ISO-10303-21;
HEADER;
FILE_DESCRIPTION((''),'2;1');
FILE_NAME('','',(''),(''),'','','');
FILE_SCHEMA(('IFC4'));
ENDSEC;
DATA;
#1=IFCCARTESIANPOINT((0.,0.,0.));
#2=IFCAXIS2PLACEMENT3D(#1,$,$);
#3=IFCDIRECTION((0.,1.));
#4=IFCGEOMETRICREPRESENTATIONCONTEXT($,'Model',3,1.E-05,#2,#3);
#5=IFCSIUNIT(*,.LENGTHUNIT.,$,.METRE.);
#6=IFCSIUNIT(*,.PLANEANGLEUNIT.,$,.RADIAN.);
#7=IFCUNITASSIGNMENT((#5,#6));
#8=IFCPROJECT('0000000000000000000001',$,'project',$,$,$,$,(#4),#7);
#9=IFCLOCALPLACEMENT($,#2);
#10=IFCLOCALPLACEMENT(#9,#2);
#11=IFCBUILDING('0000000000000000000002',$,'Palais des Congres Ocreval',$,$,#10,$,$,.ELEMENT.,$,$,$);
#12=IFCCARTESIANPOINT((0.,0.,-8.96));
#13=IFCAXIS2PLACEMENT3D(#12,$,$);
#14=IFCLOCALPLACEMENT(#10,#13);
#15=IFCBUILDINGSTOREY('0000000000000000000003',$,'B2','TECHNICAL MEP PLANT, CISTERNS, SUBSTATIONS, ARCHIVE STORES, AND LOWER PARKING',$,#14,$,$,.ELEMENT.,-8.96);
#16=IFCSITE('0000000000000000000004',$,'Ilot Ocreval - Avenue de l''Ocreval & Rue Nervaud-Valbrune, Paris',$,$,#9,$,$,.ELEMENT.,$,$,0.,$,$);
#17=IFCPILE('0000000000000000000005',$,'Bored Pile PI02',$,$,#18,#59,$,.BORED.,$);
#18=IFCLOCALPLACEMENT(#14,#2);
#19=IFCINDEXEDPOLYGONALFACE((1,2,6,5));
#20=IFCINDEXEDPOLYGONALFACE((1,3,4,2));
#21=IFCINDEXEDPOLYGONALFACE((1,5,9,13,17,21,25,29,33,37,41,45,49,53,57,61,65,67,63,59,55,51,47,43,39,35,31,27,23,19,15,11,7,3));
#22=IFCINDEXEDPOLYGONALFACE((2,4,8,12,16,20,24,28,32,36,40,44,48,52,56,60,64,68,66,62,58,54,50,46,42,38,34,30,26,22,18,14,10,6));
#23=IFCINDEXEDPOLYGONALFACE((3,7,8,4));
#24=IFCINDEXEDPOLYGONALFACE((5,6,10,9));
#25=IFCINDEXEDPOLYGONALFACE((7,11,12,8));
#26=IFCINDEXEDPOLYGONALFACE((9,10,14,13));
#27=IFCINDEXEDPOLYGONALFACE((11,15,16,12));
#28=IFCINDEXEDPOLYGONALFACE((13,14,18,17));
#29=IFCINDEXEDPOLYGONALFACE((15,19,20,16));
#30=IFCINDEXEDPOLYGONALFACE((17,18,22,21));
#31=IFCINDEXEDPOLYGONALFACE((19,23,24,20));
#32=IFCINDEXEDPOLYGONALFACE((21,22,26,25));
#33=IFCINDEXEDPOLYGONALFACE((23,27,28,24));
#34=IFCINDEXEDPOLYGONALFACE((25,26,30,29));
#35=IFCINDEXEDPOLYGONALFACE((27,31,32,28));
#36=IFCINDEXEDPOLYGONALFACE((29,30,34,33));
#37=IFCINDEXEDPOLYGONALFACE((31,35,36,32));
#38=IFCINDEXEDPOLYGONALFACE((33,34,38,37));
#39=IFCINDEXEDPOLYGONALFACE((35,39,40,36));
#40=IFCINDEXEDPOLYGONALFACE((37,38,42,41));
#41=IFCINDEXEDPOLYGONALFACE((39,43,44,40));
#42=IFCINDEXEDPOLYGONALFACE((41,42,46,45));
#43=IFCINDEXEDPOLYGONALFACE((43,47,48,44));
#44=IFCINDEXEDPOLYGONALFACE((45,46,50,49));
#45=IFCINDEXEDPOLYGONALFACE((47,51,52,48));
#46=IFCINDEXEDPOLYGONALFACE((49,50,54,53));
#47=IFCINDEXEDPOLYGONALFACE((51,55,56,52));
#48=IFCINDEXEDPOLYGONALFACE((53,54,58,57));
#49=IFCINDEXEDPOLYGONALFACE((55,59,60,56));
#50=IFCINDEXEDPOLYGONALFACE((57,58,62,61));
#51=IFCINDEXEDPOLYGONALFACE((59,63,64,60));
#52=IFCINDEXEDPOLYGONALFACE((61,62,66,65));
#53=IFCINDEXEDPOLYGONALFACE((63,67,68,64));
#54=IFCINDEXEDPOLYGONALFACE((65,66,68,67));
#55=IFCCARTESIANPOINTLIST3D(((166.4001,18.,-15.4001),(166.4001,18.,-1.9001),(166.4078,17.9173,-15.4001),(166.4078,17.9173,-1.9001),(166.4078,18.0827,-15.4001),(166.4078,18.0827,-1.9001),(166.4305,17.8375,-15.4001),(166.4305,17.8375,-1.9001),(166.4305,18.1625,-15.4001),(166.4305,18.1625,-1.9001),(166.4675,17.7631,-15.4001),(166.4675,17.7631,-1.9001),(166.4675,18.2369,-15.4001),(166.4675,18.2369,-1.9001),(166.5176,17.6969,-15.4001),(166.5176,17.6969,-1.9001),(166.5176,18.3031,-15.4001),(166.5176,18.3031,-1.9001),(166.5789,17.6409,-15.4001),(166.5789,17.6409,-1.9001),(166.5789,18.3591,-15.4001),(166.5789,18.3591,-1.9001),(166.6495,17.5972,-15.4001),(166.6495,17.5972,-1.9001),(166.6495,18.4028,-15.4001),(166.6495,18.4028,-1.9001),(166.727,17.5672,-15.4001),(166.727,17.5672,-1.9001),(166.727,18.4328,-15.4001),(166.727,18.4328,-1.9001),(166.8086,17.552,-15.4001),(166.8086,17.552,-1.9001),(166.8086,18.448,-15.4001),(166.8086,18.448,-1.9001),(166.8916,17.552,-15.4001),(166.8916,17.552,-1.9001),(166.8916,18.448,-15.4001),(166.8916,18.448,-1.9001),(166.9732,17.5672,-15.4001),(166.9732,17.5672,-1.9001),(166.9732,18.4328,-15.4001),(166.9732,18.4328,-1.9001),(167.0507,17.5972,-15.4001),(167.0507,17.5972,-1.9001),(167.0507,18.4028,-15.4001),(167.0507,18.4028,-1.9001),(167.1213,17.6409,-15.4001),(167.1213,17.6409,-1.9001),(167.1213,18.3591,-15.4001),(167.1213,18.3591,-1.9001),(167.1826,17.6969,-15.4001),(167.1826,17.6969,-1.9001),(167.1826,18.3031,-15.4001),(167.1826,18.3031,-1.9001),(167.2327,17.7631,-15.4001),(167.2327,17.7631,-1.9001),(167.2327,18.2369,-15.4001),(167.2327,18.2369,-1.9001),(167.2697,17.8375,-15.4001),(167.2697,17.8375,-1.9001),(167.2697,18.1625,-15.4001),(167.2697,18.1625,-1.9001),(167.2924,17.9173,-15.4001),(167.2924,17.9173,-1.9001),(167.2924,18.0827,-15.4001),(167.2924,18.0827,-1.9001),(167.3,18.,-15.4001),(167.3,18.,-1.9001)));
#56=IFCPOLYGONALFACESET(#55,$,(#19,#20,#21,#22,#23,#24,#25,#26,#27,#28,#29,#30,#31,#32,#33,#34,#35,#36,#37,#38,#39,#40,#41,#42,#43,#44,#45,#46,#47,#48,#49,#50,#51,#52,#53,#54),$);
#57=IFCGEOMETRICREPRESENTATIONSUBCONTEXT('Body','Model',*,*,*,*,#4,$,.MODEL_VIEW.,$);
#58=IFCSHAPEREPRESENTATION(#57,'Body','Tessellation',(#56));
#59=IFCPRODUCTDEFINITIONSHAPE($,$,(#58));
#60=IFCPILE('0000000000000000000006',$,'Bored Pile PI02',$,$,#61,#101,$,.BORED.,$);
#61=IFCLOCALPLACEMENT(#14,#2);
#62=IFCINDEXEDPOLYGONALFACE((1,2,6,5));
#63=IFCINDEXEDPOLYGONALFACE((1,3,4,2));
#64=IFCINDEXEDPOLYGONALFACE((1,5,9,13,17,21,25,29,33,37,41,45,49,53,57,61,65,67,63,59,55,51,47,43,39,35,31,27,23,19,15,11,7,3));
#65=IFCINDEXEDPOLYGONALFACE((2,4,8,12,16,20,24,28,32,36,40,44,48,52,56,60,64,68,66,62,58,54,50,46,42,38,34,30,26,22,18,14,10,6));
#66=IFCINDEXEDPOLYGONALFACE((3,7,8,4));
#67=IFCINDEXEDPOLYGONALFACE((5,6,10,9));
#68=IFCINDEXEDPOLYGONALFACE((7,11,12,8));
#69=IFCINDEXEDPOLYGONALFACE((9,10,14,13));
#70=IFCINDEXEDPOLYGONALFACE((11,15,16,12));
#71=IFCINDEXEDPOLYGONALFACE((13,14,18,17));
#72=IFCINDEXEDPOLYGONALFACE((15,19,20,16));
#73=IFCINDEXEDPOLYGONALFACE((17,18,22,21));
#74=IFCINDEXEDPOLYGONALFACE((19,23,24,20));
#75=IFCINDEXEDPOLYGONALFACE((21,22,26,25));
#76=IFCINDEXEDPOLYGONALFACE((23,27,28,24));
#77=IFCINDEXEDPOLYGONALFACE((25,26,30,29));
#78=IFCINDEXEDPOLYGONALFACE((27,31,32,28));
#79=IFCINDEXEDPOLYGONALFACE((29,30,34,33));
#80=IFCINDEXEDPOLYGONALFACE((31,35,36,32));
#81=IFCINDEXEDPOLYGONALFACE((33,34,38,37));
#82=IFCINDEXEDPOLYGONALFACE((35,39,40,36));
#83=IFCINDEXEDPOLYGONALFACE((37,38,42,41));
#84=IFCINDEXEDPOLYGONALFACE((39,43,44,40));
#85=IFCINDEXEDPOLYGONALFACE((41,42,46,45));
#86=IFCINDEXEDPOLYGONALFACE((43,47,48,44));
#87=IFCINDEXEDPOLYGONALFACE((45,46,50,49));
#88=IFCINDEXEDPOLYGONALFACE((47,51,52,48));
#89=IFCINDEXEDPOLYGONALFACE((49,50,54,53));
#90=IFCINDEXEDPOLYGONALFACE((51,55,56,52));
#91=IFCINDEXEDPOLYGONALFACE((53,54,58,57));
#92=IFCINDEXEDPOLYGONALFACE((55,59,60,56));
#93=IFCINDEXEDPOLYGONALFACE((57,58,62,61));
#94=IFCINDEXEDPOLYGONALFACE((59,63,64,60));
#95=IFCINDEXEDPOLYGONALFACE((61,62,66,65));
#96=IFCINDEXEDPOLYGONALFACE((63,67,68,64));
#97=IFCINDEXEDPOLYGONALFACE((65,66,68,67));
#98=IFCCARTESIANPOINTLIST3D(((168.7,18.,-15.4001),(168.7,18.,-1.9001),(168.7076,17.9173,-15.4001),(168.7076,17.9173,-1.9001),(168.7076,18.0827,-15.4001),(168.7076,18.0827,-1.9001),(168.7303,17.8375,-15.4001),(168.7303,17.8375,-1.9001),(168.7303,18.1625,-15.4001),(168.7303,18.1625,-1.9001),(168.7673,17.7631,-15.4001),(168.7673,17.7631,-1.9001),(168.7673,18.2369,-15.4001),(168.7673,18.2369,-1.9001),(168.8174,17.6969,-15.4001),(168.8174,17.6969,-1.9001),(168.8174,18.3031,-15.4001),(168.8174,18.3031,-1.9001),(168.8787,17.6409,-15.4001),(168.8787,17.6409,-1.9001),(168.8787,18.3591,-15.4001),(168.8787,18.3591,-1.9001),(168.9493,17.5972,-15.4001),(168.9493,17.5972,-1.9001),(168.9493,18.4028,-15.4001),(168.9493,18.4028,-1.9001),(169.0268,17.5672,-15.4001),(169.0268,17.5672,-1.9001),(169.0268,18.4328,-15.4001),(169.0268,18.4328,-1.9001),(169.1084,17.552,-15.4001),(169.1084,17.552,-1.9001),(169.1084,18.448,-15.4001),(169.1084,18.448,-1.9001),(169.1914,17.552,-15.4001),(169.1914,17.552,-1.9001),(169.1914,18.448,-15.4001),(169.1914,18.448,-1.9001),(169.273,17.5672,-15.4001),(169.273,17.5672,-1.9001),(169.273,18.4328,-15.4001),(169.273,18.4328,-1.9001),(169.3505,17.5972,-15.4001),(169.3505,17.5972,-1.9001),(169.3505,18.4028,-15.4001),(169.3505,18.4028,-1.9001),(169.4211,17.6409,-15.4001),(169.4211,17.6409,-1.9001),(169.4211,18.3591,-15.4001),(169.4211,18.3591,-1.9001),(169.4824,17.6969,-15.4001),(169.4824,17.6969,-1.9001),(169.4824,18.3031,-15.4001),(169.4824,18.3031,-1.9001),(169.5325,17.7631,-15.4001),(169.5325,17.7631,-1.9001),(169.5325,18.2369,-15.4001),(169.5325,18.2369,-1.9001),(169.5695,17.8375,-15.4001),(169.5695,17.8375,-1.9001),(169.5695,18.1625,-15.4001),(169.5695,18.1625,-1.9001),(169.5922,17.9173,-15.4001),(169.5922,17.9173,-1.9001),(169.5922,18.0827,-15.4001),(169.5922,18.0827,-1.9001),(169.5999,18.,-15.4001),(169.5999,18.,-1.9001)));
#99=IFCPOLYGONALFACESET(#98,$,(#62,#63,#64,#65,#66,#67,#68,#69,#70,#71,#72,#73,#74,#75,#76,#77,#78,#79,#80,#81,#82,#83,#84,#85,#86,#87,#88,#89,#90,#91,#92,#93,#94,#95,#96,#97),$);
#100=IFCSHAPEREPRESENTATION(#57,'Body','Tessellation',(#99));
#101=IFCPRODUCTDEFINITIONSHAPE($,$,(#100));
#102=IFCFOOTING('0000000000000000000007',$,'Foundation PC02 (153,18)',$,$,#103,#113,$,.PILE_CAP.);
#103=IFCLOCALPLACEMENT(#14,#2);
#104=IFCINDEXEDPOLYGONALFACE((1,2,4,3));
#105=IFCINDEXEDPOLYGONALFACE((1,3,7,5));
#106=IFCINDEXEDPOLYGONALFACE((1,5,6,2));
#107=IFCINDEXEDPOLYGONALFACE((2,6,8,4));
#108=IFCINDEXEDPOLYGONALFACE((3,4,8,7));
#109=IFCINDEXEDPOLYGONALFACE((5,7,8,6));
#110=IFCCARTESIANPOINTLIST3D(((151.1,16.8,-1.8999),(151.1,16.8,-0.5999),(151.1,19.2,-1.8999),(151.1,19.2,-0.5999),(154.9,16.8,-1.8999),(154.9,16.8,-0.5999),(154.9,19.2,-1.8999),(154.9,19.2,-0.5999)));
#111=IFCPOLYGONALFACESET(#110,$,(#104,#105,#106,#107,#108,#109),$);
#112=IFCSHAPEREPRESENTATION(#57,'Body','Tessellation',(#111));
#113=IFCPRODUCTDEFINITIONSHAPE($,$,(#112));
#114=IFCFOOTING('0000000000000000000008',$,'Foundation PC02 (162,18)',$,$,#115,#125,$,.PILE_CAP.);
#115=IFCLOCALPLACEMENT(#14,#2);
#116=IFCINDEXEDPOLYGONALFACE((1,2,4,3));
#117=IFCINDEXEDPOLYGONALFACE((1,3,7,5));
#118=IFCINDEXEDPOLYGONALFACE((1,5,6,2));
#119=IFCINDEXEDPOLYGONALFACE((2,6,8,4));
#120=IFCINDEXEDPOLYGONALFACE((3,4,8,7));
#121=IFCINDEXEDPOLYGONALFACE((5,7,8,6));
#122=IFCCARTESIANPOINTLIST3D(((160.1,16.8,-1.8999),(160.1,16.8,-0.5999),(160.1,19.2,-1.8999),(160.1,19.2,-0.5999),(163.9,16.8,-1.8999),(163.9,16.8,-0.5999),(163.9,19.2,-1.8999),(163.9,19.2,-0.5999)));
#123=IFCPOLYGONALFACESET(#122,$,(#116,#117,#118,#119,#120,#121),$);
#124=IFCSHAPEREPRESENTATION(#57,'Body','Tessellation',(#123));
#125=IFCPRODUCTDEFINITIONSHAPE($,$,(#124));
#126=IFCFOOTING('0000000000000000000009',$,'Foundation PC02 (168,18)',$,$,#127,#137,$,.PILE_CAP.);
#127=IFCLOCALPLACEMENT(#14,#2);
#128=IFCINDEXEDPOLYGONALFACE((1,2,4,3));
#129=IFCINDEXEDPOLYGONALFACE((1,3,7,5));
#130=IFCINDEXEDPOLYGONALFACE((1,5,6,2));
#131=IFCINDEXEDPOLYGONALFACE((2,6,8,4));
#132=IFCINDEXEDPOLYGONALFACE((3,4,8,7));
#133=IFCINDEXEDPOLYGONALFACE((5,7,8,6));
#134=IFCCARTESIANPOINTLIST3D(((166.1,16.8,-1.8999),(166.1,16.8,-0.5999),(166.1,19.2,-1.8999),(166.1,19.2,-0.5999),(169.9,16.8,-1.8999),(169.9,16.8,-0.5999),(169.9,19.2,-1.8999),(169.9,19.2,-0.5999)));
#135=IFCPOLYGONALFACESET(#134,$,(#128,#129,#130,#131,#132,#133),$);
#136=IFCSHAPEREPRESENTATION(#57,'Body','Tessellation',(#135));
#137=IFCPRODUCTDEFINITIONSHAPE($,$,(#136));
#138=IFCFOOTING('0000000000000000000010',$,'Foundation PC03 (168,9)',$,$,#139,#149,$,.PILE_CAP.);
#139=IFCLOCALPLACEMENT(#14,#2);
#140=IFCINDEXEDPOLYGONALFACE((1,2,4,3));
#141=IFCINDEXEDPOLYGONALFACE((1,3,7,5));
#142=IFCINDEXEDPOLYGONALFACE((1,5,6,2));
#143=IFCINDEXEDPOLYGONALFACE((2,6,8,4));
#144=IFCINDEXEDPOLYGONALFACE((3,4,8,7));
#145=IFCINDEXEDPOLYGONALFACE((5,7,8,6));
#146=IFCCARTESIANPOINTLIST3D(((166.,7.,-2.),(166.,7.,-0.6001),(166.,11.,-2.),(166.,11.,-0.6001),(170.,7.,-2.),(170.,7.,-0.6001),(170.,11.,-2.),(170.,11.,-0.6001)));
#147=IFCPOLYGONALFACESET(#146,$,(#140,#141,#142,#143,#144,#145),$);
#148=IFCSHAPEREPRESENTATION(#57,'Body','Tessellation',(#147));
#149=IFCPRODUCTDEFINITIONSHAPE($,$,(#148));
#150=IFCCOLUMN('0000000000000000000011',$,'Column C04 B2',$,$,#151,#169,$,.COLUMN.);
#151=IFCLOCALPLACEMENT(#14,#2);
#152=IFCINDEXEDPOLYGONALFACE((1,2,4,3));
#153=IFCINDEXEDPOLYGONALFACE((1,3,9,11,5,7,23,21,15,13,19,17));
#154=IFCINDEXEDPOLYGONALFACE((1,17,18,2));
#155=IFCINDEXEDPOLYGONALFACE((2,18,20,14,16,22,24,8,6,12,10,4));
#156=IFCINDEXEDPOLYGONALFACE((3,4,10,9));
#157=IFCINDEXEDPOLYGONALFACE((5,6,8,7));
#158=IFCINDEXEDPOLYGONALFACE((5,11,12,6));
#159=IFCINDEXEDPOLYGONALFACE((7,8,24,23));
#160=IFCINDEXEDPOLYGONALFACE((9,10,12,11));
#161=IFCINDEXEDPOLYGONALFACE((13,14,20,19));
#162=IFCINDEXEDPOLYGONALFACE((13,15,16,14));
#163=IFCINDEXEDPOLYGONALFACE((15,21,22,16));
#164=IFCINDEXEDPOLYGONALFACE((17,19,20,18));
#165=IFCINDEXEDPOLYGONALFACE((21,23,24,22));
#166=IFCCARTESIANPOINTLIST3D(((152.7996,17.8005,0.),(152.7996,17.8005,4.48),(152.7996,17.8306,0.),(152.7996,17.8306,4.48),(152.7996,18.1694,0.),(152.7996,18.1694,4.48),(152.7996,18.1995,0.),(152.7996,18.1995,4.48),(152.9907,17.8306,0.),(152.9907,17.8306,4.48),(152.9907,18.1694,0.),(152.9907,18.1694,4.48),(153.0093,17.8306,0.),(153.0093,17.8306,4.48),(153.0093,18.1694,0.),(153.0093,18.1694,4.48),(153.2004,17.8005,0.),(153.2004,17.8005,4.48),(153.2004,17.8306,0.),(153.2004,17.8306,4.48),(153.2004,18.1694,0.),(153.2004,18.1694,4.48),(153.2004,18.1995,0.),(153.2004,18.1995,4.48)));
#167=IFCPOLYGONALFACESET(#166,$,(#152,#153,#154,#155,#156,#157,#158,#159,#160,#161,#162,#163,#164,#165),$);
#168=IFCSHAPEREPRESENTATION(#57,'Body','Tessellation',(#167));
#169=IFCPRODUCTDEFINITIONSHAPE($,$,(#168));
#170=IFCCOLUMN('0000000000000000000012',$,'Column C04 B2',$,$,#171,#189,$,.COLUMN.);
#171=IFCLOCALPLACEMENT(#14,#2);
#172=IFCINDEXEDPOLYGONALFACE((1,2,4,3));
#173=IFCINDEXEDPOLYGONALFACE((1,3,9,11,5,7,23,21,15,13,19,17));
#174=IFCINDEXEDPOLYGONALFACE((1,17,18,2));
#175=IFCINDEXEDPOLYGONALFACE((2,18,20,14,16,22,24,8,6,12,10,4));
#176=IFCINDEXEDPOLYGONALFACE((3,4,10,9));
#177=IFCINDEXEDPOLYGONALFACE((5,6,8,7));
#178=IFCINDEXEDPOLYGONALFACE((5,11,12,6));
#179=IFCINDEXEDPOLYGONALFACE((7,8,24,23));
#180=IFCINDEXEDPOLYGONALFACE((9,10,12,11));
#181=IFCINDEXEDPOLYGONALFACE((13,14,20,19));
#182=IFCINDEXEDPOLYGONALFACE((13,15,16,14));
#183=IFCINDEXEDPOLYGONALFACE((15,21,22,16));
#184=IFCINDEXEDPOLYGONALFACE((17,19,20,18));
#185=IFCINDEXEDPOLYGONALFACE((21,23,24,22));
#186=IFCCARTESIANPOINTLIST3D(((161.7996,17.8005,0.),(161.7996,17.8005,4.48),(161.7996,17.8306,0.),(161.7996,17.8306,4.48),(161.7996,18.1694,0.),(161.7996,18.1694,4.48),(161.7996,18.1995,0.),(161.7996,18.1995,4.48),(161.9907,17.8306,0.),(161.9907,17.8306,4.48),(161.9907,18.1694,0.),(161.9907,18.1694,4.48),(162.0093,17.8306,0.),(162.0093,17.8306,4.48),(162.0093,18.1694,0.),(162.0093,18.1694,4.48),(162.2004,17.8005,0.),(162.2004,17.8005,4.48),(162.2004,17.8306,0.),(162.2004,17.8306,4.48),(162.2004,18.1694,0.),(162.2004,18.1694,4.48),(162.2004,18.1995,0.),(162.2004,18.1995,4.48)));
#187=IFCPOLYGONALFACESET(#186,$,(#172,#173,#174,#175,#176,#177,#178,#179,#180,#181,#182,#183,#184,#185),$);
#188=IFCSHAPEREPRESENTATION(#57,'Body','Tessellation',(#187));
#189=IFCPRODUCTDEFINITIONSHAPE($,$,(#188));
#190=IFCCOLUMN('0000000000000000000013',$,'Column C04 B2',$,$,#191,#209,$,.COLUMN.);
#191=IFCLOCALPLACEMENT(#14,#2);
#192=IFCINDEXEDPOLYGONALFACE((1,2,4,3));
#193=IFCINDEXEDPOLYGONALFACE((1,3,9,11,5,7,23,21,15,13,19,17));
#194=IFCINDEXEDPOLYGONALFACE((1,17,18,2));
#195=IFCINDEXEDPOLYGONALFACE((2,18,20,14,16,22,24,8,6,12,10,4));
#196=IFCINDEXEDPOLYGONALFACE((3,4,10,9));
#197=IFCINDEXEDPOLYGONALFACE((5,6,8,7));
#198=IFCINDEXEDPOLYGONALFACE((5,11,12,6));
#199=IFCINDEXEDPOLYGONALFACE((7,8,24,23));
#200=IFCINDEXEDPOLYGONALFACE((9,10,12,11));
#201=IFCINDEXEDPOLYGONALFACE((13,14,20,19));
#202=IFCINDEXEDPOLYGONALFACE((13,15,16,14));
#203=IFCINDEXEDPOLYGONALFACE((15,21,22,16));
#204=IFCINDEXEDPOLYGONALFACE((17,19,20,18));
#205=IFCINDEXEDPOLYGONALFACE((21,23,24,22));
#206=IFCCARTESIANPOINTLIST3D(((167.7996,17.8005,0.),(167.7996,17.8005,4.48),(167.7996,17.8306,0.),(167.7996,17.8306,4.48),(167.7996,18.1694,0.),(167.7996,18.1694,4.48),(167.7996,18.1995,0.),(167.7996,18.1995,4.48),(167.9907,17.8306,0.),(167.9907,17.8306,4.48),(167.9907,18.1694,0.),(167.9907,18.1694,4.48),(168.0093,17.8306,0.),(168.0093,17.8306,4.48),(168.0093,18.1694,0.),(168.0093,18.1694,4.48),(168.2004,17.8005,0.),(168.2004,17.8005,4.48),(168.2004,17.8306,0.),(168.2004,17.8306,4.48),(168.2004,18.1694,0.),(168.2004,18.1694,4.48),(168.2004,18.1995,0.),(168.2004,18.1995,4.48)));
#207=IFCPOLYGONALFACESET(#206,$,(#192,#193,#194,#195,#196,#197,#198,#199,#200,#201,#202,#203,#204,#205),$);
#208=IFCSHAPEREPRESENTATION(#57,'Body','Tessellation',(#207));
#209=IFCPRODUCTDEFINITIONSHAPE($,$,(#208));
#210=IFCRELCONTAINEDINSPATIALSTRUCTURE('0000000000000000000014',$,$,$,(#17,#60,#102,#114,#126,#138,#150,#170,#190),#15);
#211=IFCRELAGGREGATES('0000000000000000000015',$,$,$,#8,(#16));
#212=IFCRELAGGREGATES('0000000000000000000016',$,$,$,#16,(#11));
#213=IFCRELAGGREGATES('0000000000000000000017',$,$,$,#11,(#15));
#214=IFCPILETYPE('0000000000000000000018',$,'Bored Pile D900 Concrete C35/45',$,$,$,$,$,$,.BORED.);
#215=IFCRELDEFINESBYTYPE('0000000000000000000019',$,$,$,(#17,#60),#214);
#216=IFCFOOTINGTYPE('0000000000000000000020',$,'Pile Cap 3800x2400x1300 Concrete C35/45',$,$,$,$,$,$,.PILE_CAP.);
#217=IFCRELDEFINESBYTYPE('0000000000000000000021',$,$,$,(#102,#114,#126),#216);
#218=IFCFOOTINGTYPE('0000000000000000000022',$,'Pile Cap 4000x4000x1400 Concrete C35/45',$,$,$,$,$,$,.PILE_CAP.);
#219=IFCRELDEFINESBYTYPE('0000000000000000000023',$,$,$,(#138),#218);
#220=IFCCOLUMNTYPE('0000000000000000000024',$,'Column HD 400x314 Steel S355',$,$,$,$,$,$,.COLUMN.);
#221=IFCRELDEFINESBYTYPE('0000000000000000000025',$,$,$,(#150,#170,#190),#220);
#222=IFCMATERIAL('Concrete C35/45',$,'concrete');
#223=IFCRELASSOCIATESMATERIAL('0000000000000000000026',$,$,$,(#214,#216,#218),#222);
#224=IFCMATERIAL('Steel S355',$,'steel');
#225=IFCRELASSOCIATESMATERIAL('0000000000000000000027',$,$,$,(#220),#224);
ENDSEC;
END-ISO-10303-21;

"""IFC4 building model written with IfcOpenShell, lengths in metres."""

from ifc_helpers import new_model, si_unit, direction, frame, origin, origin_2d, place, context, subcontext, project, spatial, rectangle, circle, i_section, extrude, material, material_profile, profile_set, type_object, element, save


model = new_model("IFC4")

# Units and contexts
model_context = context("Model", 3, precision=1e-05, world=origin(), true_north=direction((0.0, 1.0)))
body_context = subcontext(model_context, "Body", "Model", "MODEL_VIEW")
ifc_project = project(units=[si_unit("LENGTHUNIT", "METRE"), si_unit("PLANEANGLEUNIT", "RADIAN")], contexts=[model_context])

# Site, building, storey
site_placement = place(None, origin())
site = spatial("IfcSite", under=ifc_project, at=site_placement, Name="Ilot Ocreval - Avenue de l'Ocreval & Rue Nervaud-Valbrune, Paris", CompositionType="ELEMENT", RefElevation=0.0)
building_placement = place(site_placement, origin())
building = spatial("IfcBuilding", under=site, at=building_placement, Name="Palais des Congres Ocreval", CompositionType="ELEMENT")
storey_placement = place(building_placement, frame((0.0, 0.0, -8.96)))
storey = spatial("IfcBuildingStorey", under=building, at=storey_placement, Name="B2", Description="TECHNICAL MEP PLANT, CISTERNS, SUBSTATIONS, ARCHIVE STORES, AND LOWER PARKING", CompositionType="ELEMENT", Elevation=-8.96)

# Piles
ifc_material_1 = material(Name="Concrete C35/45", Category="concrete")
ifc_material_profile_1 = material_profile(ifc_material_1, circle(Radius=0.45, at=origin_2d()), Name="BORED PILE 900")
ifc_profile_set_1 = profile_set([ifc_material_profile_1], Name="Concrete C35/45")
pile_type_1 = type_object("IfcPileType", Name="Bored Pile D900 Concrete C35/45", PredefinedType="BORED", material=ifc_profile_set_1)
for number, where, z_axis, x_axis, name in (
    (1, (166.8501, 18.0, -1.9001), (0.0, 0.0, -1.0), (1.0, 0.0, 0.0), "Bored Pile PI02"),
    (2, (169.1499, 18.0, -1.9001), (0.0, 0.0, -1.0), (1.0, 0.0, 0.0), "Bored Pile PI02"),
):
    element("IfcPile", number, at=place(storey_placement, frame(where, z_axis=z_axis, x_axis=x_axis)), inside=storey, type_object=pile_type_1, Name=name, PredefinedType="BORED", context=body_context, shape_type="SweptSolid", body=[
        extrude(circle(Radius=0.45, at=origin_2d()), origin(), (0.0, 0.0, 1.0), 13.5),
    ])

# Footings
footing_type_1 = type_object("IfcFootingType", Name="Pile Cap 3800x2400x1300 Concrete C35/45", PredefinedType="PILE_CAP", material=ifc_material_1)
for number, where, z_axis, x_axis, name in (
    (3, (153.0, 18.0, -1.8999), (0.0, 0.0, 1.0), (1.0, 0.0, 0.0), "Foundation PC02 (153,18)"),
    (4, (162.0, 18.0, -1.8999), (0.0, 0.0, 1.0), (1.0, 0.0, 0.0), "Foundation PC02 (162,18)"),
    (5, (168.0, 18.0, -1.8999), (0.0, 0.0, 1.0), (1.0, 0.0, 0.0), "Foundation PC02 (168,18)"),
):
    element("IfcFooting", number, at=place(storey_placement, frame(where, z_axis=z_axis, x_axis=x_axis)), inside=storey, type_object=footing_type_1, Name=name, PredefinedType="PILE_CAP", context=body_context, shape_type="SweptSolid", body=[
        extrude(rectangle(XDim=3.8, YDim=2.3999, at=origin_2d()), origin(), (0.0, 0.0, 1.0), 1.3),
    ])
footing_type_2 = type_object("IfcFootingType", Name="Pile Cap 4000x4000x1400 Concrete C35/45", PredefinedType="PILE_CAP", material=ifc_material_1)
footing_placement = place(storey_placement, frame((168.0, 9.0, -2.0), z_axis=(0.0, 0.0, 1.0), x_axis=(1.0, 0.0, 0.0)))
element("IfcFooting", 6, at=footing_placement, inside=storey, type_object=footing_type_2, Name="Foundation PC03 (168,9)", PredefinedType="PILE_CAP", context=body_context, shape_type="SweptSolid", body=[
    extrude(rectangle(XDim=4.0, YDim=4.0, at=origin_2d()), origin(), (0.0, 0.0, 1.0), 1.3999),
])

# Columns
ifc_material_2 = material(Name="Steel S355", Category="steel")
ifc_material_profile_2 = material_profile(ifc_material_2, i_section(OverallWidth=0.4009, OverallDepth=0.3989, WebThickness=0.0186, FlangeThickness=0.03, at=origin_2d()), Name="HD 400x314")
ifc_profile_set_2 = profile_set([ifc_material_profile_2], Name="Steel S355")
column_type = type_object("IfcColumnType", Name="Column HD 400x314 Steel S355", PredefinedType="COLUMN", material=ifc_profile_set_2)
for number, where, z_axis, x_axis, name in (
    (7, (153.0, 18.0, 0.0), (0.0, 0.0, 1.0), (1.0, 0.0, 0.0), "Column C04 B2"),
    (8, (162.0, 18.0, 0.0), (0.0, 0.0, 1.0), (1.0, 0.0, 0.0), "Column C04 B2"),
    (9, (168.0, 18.0, 0.0), (0.0, 0.0, 1.0), (1.0, 0.0, 0.0), "Column C04 B2"),
):
    element("IfcColumn", number, at=place(storey_placement, frame(where, z_axis=z_axis, x_axis=x_axis)), inside=storey, type_object=column_type, Name=name, PredefinedType="COLUMN", context=body_context, shape_type="SweptSolid", body=[
        extrude(i_section(OverallWidth=0.4009, OverallDepth=0.3989, WebThickness=0.0186, FlangeThickness=0.03, at=origin_2d()), origin(), (0.0, 0.0, 1.0), 4.48),
    ])

save(model, "model.ifc")
